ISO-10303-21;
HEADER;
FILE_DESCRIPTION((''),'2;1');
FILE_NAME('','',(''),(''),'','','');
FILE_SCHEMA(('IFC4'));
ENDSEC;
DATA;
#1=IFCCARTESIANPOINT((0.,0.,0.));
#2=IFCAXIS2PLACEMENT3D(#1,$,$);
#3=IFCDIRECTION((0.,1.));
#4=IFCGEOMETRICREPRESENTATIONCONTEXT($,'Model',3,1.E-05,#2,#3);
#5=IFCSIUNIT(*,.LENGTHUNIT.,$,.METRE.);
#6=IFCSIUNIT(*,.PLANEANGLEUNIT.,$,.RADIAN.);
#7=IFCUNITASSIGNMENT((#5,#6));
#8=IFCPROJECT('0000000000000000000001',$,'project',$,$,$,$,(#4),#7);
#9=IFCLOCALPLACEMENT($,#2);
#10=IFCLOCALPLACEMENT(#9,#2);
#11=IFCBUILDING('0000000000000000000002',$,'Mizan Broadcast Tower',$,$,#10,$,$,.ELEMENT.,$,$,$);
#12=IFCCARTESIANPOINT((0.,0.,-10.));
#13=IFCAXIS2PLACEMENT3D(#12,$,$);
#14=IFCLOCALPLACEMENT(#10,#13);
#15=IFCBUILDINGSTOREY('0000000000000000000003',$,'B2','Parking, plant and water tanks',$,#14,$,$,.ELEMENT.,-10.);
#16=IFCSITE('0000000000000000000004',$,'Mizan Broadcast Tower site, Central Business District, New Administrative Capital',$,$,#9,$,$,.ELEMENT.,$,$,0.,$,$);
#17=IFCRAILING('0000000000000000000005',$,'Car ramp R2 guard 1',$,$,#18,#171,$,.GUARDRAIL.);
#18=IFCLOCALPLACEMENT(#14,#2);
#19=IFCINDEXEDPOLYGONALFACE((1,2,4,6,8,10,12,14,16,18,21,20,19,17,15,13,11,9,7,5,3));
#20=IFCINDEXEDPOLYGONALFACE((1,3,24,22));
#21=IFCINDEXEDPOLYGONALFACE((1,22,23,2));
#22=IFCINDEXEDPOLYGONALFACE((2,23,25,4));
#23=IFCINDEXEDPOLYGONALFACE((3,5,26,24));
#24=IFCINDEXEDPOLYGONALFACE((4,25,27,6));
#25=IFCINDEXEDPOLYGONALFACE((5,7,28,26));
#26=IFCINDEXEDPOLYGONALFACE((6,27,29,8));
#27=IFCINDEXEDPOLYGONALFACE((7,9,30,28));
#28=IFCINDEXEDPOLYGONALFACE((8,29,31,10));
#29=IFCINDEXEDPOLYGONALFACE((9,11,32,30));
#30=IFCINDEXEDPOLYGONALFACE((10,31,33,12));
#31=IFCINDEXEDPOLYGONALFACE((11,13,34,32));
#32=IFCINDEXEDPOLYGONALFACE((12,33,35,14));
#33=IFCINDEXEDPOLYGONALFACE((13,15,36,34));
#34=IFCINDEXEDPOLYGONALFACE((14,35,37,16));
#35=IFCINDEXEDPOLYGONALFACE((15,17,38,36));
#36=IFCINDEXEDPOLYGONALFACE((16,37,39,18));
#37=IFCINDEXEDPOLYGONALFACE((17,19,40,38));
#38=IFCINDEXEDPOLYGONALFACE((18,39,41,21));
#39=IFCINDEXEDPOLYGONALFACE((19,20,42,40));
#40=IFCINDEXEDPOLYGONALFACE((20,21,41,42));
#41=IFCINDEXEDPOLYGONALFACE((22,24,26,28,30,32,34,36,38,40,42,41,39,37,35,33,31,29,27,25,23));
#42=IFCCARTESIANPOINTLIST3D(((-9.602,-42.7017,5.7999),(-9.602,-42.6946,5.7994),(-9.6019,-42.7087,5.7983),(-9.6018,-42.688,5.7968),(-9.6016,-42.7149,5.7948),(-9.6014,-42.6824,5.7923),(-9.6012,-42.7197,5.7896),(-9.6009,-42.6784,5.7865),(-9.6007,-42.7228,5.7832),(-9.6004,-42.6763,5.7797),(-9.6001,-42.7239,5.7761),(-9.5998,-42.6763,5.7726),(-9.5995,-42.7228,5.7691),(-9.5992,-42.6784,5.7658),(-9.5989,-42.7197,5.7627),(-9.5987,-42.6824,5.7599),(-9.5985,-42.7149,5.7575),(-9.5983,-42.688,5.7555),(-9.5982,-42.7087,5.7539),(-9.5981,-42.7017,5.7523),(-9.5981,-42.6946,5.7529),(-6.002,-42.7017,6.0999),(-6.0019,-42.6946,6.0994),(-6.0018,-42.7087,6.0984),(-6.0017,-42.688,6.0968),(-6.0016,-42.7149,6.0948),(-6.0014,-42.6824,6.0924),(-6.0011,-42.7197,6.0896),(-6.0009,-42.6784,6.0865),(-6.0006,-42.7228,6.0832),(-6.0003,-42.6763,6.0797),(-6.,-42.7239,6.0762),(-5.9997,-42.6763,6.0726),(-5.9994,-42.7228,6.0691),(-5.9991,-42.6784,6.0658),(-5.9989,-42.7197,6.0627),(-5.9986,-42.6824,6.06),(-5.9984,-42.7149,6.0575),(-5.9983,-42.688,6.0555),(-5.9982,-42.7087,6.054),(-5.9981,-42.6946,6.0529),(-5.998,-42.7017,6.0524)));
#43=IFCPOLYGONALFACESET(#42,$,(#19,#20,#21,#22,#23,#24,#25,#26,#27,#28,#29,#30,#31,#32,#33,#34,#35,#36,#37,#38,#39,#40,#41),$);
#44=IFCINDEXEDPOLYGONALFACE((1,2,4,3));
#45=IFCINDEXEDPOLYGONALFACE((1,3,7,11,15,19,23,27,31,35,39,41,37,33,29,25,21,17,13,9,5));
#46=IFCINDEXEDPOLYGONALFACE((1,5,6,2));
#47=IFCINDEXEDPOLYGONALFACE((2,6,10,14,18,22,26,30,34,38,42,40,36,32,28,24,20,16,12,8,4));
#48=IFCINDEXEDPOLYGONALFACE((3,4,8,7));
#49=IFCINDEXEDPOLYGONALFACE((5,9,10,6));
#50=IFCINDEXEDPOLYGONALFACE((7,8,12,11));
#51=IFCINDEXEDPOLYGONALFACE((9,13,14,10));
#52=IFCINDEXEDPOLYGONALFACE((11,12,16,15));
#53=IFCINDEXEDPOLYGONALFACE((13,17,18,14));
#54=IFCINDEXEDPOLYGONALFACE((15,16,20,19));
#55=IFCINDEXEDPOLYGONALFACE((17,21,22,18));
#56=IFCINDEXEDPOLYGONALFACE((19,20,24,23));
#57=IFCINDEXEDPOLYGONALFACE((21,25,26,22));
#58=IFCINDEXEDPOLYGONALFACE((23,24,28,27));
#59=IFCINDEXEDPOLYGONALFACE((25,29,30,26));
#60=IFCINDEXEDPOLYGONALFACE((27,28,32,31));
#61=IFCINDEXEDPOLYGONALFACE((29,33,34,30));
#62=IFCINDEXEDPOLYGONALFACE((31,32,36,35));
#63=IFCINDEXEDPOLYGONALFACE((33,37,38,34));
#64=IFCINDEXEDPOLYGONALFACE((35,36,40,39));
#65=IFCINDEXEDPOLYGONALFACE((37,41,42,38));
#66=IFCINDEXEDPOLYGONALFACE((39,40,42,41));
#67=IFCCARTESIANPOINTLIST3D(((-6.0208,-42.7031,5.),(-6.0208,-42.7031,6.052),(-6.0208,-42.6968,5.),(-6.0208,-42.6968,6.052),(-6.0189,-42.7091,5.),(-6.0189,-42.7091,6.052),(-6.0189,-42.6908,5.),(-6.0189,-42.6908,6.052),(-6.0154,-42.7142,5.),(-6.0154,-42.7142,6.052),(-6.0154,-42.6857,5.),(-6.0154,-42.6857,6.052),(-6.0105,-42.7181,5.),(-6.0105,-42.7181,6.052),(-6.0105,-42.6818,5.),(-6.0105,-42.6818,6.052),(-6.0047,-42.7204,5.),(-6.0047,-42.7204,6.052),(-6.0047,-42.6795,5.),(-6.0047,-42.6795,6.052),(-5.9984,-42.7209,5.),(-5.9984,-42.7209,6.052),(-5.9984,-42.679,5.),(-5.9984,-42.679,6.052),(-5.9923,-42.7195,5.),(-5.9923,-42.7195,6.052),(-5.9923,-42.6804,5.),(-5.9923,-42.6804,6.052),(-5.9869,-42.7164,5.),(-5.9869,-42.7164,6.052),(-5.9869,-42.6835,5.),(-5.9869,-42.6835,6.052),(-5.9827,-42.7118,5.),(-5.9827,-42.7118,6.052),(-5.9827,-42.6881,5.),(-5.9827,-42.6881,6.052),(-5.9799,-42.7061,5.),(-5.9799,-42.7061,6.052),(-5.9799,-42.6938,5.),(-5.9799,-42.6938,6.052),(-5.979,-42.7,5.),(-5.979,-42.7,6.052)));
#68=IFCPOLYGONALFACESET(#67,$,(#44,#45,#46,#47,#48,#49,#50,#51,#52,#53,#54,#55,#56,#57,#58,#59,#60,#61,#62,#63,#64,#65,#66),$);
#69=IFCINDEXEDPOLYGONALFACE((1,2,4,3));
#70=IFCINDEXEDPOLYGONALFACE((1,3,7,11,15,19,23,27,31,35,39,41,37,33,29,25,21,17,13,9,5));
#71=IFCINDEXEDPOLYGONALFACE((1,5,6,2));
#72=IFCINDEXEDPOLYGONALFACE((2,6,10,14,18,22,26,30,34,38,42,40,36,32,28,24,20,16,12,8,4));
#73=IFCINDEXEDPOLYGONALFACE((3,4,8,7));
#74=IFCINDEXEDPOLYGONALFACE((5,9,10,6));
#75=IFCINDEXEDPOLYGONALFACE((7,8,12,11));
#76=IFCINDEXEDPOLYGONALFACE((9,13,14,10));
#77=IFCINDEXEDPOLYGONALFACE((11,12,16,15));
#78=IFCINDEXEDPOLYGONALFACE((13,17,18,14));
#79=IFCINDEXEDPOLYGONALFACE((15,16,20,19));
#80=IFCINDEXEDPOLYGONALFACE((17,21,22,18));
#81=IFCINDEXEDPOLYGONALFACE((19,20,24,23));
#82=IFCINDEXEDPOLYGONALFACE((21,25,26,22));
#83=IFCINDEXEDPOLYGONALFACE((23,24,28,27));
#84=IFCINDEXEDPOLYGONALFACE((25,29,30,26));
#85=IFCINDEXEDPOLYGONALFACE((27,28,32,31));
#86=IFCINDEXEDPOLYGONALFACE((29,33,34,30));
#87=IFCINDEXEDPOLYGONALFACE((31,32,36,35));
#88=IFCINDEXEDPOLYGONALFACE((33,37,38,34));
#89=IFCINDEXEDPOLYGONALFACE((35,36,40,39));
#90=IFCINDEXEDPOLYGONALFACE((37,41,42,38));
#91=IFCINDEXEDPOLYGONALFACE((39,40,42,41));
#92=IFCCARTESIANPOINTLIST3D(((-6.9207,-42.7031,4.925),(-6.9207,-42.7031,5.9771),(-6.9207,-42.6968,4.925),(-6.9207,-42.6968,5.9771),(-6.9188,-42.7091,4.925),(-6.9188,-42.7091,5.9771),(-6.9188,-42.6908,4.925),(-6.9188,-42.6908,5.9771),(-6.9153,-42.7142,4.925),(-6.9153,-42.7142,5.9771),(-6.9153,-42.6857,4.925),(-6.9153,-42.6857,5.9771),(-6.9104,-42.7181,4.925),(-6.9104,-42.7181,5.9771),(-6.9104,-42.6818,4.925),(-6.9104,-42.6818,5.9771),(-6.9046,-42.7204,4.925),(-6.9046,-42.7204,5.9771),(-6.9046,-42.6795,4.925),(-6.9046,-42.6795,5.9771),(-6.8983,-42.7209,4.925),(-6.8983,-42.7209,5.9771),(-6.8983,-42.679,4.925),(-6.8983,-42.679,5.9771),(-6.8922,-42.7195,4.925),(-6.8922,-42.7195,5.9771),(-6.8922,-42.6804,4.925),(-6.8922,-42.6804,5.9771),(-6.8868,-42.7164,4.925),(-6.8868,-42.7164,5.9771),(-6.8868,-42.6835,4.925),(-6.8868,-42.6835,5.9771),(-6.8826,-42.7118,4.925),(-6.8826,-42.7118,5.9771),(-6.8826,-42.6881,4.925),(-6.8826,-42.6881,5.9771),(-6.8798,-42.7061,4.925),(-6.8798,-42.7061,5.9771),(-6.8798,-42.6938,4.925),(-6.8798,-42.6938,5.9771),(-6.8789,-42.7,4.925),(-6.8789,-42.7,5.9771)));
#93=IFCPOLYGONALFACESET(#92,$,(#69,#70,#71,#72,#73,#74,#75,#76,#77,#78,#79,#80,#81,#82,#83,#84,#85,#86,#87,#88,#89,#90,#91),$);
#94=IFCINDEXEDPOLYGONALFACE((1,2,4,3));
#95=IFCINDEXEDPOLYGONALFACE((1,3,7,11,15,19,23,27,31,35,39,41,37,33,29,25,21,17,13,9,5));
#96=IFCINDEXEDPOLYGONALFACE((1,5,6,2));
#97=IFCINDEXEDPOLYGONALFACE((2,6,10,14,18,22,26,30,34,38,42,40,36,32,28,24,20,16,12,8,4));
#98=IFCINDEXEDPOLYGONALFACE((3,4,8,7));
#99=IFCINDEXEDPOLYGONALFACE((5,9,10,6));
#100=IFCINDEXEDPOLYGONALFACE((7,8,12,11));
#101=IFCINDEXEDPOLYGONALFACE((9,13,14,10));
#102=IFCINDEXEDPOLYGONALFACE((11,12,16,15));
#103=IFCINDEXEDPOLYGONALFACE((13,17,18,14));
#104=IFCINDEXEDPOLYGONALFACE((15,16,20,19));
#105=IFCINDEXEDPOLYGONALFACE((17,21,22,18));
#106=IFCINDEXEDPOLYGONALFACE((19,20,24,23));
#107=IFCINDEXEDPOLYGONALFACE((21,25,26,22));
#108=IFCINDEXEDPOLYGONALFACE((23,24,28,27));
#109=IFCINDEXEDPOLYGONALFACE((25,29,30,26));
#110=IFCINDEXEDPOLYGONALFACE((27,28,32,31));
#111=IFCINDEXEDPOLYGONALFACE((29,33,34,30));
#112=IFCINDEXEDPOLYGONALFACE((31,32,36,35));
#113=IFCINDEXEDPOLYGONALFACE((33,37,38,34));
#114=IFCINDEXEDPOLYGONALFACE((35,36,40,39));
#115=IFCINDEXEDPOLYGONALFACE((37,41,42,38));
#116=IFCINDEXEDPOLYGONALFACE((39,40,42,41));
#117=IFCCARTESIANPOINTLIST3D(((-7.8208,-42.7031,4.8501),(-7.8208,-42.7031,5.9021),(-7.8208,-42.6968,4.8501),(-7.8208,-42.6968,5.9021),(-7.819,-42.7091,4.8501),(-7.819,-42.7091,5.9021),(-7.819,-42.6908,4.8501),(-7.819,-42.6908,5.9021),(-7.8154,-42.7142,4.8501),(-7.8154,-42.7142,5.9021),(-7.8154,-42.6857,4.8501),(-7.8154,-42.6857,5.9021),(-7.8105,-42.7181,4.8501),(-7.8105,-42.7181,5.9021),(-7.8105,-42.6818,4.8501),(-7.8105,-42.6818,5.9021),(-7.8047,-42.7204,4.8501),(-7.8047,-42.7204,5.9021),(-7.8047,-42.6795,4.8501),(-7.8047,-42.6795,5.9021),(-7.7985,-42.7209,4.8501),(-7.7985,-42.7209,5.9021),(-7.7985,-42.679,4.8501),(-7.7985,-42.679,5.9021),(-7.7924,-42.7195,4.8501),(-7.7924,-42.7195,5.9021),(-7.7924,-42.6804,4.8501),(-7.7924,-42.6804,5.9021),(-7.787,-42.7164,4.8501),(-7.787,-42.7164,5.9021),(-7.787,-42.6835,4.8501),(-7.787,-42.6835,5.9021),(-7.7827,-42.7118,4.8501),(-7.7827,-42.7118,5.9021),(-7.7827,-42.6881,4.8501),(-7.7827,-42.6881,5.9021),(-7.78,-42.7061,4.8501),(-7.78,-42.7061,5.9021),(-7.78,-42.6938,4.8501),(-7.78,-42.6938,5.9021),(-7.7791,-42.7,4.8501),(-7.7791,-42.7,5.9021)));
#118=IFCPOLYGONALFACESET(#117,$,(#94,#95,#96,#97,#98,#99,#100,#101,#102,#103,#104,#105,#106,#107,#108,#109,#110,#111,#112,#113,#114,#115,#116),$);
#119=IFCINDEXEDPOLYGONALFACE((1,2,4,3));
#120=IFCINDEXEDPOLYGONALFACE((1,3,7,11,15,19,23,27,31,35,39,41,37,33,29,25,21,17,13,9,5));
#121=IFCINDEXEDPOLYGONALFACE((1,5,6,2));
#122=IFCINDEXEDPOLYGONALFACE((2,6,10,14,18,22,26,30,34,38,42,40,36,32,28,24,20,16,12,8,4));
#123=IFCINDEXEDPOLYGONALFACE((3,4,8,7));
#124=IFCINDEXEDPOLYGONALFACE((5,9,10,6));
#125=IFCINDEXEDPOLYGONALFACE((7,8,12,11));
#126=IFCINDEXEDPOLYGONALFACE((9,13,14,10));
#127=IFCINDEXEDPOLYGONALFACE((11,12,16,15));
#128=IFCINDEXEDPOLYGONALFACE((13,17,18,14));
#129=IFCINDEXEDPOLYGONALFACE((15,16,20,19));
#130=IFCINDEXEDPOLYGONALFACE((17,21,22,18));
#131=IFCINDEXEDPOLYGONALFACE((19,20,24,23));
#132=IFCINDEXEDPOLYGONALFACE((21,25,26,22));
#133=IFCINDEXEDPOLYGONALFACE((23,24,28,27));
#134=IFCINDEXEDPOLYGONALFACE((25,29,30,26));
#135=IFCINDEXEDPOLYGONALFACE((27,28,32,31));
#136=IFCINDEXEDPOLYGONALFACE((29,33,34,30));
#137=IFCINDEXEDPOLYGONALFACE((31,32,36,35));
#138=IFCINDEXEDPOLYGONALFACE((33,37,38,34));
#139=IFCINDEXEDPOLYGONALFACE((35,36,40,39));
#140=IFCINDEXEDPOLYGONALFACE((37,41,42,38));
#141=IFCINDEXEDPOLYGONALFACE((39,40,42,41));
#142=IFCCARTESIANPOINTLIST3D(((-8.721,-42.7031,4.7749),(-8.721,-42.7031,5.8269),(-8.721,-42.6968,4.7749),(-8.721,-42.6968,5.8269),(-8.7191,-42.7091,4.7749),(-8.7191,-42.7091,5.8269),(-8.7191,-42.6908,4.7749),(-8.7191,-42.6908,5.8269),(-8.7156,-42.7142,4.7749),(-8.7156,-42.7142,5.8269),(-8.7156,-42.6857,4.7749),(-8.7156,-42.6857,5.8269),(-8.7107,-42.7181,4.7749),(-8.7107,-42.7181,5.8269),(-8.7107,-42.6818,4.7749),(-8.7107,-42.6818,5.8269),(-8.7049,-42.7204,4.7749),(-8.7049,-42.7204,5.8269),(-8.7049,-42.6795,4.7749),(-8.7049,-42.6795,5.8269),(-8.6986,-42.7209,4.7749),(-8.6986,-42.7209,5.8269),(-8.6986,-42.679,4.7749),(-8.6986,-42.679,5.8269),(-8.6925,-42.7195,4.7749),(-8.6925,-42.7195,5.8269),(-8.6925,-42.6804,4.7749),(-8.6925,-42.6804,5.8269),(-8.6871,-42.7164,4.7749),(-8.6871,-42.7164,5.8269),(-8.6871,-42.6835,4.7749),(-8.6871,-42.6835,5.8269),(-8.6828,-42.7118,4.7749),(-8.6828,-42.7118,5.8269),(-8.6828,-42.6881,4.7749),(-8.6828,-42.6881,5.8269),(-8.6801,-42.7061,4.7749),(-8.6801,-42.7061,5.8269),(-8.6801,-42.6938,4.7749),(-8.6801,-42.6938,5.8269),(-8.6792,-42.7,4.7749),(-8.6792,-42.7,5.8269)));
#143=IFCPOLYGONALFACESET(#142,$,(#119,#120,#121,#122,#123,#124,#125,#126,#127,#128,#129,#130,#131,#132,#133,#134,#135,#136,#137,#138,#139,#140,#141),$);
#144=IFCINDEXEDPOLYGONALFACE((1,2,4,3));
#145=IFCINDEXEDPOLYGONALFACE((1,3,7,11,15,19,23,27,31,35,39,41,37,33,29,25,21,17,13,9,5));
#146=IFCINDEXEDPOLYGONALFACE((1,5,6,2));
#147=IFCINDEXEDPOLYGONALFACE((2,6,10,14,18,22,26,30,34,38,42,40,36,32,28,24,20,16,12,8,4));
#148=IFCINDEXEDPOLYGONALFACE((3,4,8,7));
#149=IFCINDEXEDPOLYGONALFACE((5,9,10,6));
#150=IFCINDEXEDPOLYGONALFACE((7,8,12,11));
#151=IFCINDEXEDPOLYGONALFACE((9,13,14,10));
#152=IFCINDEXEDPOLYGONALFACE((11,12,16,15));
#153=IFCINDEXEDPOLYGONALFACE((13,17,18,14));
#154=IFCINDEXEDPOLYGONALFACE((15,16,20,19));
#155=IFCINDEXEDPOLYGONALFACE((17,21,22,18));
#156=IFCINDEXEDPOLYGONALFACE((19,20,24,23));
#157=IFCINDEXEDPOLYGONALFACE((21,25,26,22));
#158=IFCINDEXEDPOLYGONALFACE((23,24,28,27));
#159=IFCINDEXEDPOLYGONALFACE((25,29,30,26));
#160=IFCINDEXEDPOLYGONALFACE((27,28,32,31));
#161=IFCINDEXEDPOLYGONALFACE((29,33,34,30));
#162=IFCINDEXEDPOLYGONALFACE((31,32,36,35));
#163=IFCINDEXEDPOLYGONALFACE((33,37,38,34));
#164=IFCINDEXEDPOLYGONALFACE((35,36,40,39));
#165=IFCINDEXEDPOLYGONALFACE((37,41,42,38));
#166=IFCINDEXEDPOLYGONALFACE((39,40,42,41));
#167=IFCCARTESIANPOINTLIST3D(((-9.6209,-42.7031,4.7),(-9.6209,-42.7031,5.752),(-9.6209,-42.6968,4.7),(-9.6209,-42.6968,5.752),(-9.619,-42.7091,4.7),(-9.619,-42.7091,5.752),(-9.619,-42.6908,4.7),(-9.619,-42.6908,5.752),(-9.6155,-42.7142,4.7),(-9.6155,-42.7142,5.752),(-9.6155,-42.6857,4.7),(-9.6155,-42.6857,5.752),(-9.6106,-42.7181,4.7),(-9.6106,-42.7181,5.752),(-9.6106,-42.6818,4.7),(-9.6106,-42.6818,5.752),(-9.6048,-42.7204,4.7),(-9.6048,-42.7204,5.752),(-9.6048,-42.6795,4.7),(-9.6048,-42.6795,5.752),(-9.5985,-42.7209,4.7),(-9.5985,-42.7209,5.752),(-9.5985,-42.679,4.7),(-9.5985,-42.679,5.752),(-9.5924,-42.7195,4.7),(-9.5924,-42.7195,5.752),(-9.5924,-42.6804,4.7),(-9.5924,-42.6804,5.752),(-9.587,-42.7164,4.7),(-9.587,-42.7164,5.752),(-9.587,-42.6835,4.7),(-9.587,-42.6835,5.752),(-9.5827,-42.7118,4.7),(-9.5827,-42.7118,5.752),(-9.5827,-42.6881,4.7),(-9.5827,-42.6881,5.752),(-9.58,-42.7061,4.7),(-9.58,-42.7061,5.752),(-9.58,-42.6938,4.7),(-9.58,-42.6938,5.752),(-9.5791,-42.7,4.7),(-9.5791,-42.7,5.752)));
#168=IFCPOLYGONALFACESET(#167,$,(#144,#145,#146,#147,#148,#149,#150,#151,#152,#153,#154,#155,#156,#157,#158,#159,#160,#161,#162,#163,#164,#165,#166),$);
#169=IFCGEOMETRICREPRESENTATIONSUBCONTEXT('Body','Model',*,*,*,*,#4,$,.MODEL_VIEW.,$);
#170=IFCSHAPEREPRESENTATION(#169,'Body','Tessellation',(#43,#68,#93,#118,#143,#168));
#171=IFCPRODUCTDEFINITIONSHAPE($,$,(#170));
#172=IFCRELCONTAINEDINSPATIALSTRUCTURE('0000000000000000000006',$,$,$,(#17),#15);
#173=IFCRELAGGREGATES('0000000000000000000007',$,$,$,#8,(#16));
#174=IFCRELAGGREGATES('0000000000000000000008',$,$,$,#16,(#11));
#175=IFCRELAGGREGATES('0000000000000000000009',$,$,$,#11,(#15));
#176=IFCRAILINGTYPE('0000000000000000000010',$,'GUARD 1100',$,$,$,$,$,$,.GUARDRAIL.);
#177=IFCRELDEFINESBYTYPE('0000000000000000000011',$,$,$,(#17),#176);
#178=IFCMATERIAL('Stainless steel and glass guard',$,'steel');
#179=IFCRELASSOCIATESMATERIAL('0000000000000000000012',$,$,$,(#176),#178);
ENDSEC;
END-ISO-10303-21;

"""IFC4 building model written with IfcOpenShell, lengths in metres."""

from ifc_helpers import new_model, si_unit, direction, frame, origin, origin_2d, place, context, subcontext, project, spatial, circle, extrude, material, type_object, element, save


model = new_model("IFC4")

# Units and contexts
model_context = context("Model", 3, precision=1e-05, world=origin(), true_north=direction((0.0, 1.0)))
body_context = subcontext(model_context, "Body", "Model", "MODEL_VIEW")
ifc_project = project(units=[si_unit("LENGTHUNIT", "METRE"), si_unit("PLANEANGLEUNIT", "RADIAN")], contexts=[model_context])

# Site, building, storey
site_placement = place(None, origin())
site = spatial("IfcSite", under=ifc_project, at=site_placement, Name="Mizan Broadcast Tower site, Central Business District, New Administrative Capital", CompositionType="ELEMENT", RefElevation=0.0)
building_placement = place(site_placement, origin())
building = spatial("IfcBuilding", under=site, at=building_placement, Name="Mizan Broadcast Tower", CompositionType="ELEMENT")
storey_placement = place(building_placement, frame((0.0, 0.0, -10.0)))
storey = spatial("IfcBuildingStorey", under=building, at=storey_placement, Name="B2", Description="Parking, plant and water tanks", CompositionType="ELEMENT", Elevation=-10.0)

# Railing
ifc_material_1 = material(Name="Stainless steel and glass guard", Category="steel")
railing_type = type_object("IfcRailingType", Name="GUARD 1100", PredefinedType="GUARDRAIL", material=ifc_material_1)
railing_1_placement = place(storey_placement, frame((-6.0, -42.7, 5.0)))
element("IfcRailing", 1, at=railing_1_placement, inside=storey, type_object=railing_type, Name="Car ramp R2 guard 1", PredefinedType="GUARDRAIL", context=body_context, shape_type="SweptSolid", body=[
    extrude(circle(Radius=0.0239, at=origin_2d()), frame((0.0, 0.0, 1.0762), z_axis=(-0.996545, 0.0, -0.083057), x_axis=(0.0, -1.0, 0.0)), (0.0, 0.0, 1.0), 3.6125),
    extrude(circle(Radius=0.021, at=origin_2d()), origin(), (0.0, 0.0, 1.0), 1.052),
    extrude(circle(Radius=0.021, at=origin_2d()), frame((-0.8999, 0.0, -0.075)), (0.0, 0.0, 1.0), 1.052),
    extrude(circle(Radius=0.021, at=origin_2d()), frame((-1.8, 0.0, -0.1499)), (0.0, 0.0, 1.0), 1.052),
    extrude(circle(Radius=0.021, at=origin_2d()), frame((-2.7002, 0.0, -0.2251)), (0.0, 0.0, 1.0), 1.052),
    extrude(circle(Radius=0.021, at=origin_2d()), frame((-3.6001, 0.0, -0.3)), (0.0, 0.0, 1.0), 1.052),
])

save(model, "model.ifc")
